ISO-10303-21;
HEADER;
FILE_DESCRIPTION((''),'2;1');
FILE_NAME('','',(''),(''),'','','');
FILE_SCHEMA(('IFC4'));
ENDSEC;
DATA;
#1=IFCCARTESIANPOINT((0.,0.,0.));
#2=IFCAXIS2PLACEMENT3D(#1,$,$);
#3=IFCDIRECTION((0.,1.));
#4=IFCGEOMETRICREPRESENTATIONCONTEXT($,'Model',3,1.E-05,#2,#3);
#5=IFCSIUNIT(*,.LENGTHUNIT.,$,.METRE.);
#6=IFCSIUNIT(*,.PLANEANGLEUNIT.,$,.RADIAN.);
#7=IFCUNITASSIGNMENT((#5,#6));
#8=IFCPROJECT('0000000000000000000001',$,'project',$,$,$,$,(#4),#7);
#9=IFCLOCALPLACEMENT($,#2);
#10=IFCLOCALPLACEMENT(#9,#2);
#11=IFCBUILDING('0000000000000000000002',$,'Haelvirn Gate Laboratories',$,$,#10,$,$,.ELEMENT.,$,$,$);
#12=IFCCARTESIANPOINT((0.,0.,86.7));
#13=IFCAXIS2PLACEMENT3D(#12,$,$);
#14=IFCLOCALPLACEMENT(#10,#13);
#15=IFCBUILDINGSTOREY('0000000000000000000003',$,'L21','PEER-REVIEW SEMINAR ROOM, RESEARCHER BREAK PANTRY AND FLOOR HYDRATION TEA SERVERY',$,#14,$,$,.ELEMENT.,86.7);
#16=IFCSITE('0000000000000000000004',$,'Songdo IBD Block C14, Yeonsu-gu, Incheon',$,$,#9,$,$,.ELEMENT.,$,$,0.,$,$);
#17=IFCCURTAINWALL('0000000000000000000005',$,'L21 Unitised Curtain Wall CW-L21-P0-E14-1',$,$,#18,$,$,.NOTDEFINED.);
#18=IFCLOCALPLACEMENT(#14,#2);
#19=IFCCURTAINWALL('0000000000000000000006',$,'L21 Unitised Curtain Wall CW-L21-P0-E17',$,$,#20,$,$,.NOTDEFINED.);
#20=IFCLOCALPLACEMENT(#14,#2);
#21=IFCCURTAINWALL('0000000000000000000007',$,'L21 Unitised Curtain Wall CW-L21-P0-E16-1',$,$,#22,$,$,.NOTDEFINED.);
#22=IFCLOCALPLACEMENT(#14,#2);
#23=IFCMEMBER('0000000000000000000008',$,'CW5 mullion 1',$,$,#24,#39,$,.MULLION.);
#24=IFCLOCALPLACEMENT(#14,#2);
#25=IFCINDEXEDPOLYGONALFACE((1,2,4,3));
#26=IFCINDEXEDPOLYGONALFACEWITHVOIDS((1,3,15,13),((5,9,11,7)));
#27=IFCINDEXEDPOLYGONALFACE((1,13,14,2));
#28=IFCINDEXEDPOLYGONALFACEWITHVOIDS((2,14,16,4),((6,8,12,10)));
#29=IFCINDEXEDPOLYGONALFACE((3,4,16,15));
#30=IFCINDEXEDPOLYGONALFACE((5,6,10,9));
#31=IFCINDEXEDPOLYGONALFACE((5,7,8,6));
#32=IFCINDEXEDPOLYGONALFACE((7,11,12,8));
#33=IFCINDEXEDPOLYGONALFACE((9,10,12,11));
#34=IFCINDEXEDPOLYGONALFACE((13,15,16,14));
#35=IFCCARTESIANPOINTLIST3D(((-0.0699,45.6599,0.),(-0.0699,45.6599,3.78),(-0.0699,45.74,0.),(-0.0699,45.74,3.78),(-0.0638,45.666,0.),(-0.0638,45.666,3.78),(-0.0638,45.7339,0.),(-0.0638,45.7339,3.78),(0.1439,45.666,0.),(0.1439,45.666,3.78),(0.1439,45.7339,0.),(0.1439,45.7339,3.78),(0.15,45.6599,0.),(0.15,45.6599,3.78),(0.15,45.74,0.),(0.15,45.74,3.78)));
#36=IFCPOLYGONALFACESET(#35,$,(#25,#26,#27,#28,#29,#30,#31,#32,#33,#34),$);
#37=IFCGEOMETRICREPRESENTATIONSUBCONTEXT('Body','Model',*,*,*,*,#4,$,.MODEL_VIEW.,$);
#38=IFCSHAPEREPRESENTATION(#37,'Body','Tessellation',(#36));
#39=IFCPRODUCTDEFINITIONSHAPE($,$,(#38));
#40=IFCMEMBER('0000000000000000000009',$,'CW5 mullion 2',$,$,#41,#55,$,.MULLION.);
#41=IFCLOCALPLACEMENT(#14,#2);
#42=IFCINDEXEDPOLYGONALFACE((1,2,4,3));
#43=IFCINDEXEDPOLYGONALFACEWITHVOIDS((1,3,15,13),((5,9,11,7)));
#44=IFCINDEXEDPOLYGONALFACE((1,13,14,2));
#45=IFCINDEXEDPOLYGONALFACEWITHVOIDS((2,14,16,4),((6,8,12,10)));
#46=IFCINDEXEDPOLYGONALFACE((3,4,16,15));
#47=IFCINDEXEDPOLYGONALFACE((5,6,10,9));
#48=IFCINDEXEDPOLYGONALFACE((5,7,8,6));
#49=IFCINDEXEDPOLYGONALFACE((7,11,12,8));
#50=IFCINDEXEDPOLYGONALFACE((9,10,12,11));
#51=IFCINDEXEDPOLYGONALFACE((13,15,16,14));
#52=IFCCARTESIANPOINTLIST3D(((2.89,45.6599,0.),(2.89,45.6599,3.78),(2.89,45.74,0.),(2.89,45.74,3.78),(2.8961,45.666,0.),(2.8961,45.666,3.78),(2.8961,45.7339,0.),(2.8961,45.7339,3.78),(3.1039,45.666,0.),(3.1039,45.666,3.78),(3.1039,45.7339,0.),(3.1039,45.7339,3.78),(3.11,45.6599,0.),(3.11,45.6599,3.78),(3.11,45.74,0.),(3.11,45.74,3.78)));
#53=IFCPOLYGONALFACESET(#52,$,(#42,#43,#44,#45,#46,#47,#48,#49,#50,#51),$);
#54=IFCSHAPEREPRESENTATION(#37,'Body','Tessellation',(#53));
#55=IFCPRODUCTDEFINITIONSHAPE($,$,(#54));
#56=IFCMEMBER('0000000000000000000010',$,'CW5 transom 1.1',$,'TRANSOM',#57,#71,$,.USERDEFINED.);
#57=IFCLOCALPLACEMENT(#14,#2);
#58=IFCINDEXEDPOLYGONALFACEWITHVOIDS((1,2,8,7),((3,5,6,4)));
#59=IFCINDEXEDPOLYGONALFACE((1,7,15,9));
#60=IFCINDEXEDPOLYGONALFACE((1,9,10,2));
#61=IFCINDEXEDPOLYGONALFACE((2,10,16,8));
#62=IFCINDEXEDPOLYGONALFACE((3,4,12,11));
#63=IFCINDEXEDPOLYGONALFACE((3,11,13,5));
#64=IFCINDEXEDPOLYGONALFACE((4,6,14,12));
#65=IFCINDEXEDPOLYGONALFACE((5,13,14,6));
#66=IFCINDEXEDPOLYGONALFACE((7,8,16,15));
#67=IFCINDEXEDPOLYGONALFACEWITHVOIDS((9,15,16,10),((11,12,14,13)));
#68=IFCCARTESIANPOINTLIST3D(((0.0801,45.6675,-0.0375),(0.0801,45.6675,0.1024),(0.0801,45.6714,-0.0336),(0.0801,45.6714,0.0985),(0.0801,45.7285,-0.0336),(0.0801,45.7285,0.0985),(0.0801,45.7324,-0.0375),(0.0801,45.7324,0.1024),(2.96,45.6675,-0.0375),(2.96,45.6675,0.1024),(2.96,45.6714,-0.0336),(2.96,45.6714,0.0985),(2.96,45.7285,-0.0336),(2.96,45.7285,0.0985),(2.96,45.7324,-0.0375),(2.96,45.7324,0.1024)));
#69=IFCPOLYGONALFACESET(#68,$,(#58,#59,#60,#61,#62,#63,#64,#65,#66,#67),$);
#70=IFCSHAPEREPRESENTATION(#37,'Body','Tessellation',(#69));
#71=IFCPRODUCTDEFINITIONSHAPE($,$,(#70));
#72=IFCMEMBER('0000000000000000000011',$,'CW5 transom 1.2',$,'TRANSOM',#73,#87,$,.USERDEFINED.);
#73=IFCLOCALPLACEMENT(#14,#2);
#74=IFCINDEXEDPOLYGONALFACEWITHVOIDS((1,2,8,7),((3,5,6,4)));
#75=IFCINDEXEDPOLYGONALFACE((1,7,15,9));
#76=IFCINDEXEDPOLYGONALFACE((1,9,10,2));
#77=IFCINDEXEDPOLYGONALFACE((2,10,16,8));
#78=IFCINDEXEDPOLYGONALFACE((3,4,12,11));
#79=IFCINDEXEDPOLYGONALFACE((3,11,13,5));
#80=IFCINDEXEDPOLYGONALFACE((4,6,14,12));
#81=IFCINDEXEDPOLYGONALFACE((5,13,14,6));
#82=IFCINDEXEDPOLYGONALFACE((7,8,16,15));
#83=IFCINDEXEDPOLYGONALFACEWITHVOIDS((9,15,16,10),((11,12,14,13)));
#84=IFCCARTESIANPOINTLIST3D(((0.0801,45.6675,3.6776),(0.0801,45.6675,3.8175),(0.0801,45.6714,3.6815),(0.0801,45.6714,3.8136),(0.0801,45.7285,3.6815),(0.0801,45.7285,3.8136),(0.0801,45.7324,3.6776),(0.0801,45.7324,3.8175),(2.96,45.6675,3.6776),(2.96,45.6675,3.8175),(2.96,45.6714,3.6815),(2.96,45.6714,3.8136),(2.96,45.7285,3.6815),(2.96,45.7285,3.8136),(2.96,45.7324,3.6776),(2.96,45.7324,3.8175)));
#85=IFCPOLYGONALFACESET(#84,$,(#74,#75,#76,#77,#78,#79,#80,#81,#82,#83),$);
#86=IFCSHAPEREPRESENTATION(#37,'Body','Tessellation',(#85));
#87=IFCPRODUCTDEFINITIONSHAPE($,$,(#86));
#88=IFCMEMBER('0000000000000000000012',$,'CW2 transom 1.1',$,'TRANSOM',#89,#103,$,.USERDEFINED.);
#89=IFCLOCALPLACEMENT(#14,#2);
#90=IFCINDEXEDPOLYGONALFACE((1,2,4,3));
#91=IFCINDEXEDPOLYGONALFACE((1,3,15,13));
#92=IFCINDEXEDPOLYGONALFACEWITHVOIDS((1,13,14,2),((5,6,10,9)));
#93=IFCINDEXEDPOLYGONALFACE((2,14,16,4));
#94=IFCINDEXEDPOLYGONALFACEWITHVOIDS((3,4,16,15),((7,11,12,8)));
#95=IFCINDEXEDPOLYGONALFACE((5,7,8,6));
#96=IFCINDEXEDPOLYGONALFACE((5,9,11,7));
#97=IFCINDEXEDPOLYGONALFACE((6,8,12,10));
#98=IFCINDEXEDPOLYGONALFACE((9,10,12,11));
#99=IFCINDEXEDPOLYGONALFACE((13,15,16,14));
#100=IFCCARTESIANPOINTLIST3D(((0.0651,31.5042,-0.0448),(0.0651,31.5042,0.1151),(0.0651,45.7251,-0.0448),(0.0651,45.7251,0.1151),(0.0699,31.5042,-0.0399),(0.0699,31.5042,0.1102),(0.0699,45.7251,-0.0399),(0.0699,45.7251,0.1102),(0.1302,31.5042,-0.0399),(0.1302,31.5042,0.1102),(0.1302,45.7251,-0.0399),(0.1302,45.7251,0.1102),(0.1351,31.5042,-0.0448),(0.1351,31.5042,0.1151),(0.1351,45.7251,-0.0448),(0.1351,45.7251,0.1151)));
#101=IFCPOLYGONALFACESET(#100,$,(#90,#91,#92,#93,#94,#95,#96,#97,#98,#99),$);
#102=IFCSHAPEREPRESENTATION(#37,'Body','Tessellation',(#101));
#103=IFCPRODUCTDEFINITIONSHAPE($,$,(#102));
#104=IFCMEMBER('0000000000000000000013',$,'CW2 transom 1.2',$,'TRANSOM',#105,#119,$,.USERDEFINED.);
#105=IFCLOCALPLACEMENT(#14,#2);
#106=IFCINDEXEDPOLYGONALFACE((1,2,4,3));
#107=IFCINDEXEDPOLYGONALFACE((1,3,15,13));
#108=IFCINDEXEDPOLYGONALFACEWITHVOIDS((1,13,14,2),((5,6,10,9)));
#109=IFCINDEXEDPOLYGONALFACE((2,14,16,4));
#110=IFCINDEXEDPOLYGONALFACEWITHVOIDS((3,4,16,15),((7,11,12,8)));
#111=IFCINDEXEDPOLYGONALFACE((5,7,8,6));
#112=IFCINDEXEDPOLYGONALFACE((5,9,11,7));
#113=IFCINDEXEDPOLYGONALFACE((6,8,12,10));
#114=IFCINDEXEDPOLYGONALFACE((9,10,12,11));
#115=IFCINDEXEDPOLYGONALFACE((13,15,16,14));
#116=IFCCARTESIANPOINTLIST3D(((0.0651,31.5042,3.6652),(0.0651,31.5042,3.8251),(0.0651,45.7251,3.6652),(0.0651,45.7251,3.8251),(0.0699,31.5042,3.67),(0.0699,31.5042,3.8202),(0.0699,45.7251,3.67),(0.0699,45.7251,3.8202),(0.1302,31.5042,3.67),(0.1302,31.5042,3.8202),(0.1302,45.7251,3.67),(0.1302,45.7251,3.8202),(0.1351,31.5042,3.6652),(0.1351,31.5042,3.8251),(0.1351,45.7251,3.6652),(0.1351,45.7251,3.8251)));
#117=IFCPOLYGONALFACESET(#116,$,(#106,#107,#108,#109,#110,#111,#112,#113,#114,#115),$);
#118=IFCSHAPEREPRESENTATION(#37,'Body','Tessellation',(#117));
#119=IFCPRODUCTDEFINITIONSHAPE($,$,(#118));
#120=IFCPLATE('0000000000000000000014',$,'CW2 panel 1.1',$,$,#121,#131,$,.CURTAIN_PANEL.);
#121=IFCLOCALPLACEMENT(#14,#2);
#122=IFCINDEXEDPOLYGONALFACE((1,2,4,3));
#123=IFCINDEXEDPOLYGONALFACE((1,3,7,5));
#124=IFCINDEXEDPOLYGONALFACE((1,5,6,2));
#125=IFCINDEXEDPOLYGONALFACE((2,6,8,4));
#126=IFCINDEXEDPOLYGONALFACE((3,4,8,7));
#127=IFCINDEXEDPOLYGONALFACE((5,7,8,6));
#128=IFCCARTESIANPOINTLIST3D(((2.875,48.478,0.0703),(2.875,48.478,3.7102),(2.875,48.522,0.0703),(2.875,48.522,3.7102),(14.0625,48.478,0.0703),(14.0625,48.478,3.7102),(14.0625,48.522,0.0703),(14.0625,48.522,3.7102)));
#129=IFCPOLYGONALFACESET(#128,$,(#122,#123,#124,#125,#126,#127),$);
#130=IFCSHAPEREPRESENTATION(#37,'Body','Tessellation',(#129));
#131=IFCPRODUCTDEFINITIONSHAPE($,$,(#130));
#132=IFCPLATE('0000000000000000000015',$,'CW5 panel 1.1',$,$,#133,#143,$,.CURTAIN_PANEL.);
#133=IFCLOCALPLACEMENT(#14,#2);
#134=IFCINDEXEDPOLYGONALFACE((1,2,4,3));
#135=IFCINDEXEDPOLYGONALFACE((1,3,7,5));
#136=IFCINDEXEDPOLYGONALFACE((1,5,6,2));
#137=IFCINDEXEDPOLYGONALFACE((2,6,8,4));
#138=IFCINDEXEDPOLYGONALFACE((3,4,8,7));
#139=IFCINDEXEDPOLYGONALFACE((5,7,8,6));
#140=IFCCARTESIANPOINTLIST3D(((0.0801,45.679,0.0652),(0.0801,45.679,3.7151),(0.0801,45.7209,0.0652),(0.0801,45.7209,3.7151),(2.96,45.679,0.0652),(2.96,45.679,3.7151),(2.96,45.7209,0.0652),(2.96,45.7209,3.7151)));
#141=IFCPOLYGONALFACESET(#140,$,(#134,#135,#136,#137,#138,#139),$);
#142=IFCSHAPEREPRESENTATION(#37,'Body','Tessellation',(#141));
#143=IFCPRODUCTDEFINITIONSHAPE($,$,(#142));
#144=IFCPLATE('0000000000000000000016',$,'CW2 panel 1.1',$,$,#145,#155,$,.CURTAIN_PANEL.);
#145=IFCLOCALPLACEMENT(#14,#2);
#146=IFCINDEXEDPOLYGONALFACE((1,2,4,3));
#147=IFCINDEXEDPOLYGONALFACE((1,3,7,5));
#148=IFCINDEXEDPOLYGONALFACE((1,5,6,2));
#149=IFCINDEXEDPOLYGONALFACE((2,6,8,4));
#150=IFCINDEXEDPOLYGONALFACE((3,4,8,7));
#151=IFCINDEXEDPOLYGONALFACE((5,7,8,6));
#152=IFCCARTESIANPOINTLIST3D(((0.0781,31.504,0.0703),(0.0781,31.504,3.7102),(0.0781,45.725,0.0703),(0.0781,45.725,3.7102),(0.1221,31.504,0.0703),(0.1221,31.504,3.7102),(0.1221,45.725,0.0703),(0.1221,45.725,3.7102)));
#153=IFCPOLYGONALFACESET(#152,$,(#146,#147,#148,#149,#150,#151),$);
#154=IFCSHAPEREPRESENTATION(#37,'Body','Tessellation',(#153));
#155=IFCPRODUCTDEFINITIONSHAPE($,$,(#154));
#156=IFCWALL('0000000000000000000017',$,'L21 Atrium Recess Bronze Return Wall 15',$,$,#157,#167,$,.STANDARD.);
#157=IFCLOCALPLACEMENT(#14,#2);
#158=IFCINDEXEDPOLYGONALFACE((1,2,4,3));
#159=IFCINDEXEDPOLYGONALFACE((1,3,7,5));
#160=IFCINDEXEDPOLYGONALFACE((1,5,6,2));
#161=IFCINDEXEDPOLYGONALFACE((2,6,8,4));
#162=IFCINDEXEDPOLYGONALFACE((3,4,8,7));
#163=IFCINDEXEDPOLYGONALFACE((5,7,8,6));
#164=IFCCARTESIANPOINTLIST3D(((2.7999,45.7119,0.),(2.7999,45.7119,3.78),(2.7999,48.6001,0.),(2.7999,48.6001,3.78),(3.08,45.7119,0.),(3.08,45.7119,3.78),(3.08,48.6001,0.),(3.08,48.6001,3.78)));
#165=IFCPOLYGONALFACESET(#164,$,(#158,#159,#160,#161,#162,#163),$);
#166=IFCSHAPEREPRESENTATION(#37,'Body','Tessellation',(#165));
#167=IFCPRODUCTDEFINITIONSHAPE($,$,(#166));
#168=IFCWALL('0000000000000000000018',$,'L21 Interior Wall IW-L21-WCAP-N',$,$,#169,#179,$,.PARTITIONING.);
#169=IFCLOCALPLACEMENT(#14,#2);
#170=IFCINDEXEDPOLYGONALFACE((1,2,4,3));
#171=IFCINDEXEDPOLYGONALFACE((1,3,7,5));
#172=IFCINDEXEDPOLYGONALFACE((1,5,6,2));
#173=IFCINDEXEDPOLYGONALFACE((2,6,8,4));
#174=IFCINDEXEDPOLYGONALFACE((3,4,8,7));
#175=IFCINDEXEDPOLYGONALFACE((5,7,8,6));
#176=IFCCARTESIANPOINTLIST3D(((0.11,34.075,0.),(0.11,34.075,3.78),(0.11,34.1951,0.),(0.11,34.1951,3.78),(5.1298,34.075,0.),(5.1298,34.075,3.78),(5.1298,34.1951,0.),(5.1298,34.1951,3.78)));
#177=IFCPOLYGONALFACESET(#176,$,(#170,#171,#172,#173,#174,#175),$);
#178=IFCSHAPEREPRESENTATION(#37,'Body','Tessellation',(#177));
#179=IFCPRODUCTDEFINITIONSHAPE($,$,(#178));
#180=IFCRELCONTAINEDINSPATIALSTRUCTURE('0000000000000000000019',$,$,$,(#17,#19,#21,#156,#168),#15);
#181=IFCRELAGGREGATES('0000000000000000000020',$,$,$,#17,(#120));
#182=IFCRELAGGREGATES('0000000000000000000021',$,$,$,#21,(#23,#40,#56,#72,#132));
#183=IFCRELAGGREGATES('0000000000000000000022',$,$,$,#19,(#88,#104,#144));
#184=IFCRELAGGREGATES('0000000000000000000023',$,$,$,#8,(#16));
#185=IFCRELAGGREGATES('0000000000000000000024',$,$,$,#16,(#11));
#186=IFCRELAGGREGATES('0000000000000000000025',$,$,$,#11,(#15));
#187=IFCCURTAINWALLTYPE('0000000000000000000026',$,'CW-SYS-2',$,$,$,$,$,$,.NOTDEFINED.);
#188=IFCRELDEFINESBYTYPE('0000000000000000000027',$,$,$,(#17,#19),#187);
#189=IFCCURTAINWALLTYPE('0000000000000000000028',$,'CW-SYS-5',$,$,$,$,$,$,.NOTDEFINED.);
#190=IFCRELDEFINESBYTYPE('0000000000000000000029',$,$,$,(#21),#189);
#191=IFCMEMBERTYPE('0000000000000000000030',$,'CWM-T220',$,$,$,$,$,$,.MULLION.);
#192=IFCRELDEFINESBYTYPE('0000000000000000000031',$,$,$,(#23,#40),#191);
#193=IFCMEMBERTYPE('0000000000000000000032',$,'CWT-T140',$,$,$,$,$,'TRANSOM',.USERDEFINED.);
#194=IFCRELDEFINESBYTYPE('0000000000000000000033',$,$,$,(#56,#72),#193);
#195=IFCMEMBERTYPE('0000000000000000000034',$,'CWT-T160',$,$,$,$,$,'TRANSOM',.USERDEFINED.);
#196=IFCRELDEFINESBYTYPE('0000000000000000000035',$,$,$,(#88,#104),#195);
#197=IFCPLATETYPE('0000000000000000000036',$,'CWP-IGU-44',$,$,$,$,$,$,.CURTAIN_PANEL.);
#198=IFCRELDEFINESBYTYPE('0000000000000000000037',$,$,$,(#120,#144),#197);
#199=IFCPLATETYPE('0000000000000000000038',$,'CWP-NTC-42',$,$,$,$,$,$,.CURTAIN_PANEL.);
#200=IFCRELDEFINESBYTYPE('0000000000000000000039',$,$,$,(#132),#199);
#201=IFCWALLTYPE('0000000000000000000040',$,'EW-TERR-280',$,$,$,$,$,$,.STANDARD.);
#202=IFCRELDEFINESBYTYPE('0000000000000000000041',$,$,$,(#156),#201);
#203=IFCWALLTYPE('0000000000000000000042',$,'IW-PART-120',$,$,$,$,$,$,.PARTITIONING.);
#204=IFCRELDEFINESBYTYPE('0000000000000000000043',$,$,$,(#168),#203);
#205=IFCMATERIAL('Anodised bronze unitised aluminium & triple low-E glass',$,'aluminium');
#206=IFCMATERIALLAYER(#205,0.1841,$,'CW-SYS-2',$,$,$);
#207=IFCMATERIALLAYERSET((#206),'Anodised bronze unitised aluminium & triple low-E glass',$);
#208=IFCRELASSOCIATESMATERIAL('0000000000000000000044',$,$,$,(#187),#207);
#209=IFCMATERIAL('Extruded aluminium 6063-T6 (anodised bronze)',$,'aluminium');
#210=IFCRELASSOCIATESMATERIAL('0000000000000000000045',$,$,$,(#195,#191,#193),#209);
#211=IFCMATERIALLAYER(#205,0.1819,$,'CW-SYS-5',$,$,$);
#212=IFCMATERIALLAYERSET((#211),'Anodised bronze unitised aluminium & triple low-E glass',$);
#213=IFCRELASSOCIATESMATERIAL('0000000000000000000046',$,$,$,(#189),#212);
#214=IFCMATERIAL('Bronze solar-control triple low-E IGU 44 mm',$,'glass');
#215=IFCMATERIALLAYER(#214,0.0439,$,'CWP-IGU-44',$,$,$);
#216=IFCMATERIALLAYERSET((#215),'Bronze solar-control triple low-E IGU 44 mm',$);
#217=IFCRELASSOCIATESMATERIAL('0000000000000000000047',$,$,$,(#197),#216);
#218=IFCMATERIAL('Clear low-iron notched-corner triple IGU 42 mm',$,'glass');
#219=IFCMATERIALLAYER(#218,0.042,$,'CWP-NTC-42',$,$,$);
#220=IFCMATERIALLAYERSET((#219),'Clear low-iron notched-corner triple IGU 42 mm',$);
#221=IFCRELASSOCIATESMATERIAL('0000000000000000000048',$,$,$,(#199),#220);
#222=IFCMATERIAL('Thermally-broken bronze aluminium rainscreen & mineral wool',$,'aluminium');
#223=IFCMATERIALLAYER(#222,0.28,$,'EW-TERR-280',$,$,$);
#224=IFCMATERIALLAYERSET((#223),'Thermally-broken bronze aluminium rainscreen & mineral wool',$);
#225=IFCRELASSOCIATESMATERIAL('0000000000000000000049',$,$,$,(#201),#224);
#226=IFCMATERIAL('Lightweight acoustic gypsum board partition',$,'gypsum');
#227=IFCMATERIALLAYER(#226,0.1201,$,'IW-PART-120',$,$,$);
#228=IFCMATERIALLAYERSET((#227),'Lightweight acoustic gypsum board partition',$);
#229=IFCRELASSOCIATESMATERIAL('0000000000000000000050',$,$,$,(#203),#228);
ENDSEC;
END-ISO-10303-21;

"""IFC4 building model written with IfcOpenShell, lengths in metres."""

from ifc_helpers import new_model, si_unit, direction, frame, frame_2d, origin, origin_2d, place, context, subcontext, project, spatial, rectangle, hollow_rectangle, extrude, source, transform, mapped, material, layer, layer_set, material_profile, profile_set, type_object, type_shapes, element, aggregate, save


model = new_model("IFC4")

# Units and contexts
model_context = context("Model", 3, precision=1e-05, world=origin(), true_north=direction((0.0, 1.0)))
body_context = subcontext(model_context, "Body", "Model", "MODEL_VIEW")
ifc_project = project(units=[si_unit("LENGTHUNIT", "METRE"), si_unit("PLANEANGLEUNIT", "RADIAN")], contexts=[model_context])

# Site, building, storey
site_placement = place(None, origin())
site = spatial("IfcSite", under=ifc_project, at=site_placement, Name="Songdo IBD Block C14, Yeonsu-gu, Incheon", CompositionType="ELEMENT", RefElevation=0.0)
building_placement = place(site_placement, origin())
building = spatial("IfcBuilding", under=site, at=building_placement, Name="Haelvirn Gate Laboratories", CompositionType="ELEMENT")
storey_placement = place(building_placement, frame((0.0, 0.0, 86.7)))
storey = spatial("IfcBuildingStorey", under=building, at=storey_placement, Name="L21", Description="PEER-REVIEW SEMINAR ROOM, RESEARCHER BREAK PANTRY AND FLOOR HYDRATION TEA SERVERY", CompositionType="ELEMENT", Elevation=86.7)

# Curtain walls
ifc_material_1 = material(Name="Anodised bronze unitised aluminium & triple low-E glass", Category="aluminium")
ifc_layer_1 = layer(ifc_material_1, 0.1841, Name="CW-SYS-2")
ifc_layer_set_1 = layer_set([ifc_layer_1], Name="Anodised bronze unitised aluminium & triple low-E glass")
curtain_wall_type_1 = type_object("IfcCurtainWallType", Name="CW-SYS-2", PredefinedType="NOTDEFINED", material=ifc_layer_set_1)
curtain_wall_1_placement = place(storey_placement, origin())
curtain_wall_1 = element("IfcCurtainWall", 1, at=curtain_wall_1_placement, inside=storey, type_object=curtain_wall_type_1, Name="L21 Unitised Curtain Wall CW-L21-P0-E14-1", PredefinedType="NOTDEFINED")
ifc_material_2 = material(Name="Extruded aluminium 6063-T6 (anodised bronze)", Category="aluminium")
curtain_wall_2_placement = place(storey_placement, origin())
curtain_wall_2 = element("IfcCurtainWall", 2, at=curtain_wall_2_placement, inside=storey, type_object=curtain_wall_type_1, Name="L21 Unitised Curtain Wall CW-L21-P0-E17", PredefinedType="NOTDEFINED")

# Shared definitions
ifc_material_profile_1 = material_profile(ifc_material_2, hollow_rectangle(XDim=0.0701, YDim=0.1599, WallThickness=0.0049, at=origin_2d()), Name="CWT-160x70x5")
ifc_profile_set_1 = profile_set([ifc_material_profile_1], Name="Extruded aluminium 6063-T6 (anodised bronze)")
member_type_1 = type_object("IfcMemberType", Name="CWT-T160", ElementType="TRANSOM", PredefinedType="USERDEFINED", material=ifc_profile_set_1)

# Curtain wall, members
ifc_layer_2 = layer(ifc_material_1, 0.1819, Name="CW-SYS-5")
ifc_layer_set_2 = layer_set([ifc_layer_2], Name="Anodised bronze unitised aluminium & triple low-E glass")
curtain_wall_type_2 = type_object("IfcCurtainWallType", Name="CW-SYS-5", PredefinedType="NOTDEFINED", material=ifc_layer_set_2)
curtain_wall_3_placement = place(storey_placement, origin())
curtain_wall_3 = element("IfcCurtainWall", 3, at=curtain_wall_3_placement, inside=storey, type_object=curtain_wall_type_2, Name="L21 Unitised Curtain Wall CW-L21-P0-E16-1", PredefinedType="NOTDEFINED")
ifc_material_profile_2 = material_profile(ifc_material_2, hollow_rectangle(XDim=0.0801, YDim=0.22, WallThickness=0.0061, at=origin_2d()), Name="CWM-220x80x6")
ifc_profile_set_2 = profile_set([ifc_material_profile_2], Name="Extruded aluminium 6063-T6 (anodised bronze)")
member_type_2 = type_object("IfcMemberType", Name="CWM-T220", PredefinedType="MULLION", material=ifc_profile_set_2)
shared_shape_1 = source(origin(), body_context, "Body", "SweptSolid", [
    extrude(hollow_rectangle(XDim=0.0801, YDim=0.22, WallThickness=0.0061, at=origin_2d()), origin(), (0.0, 0.0, 1.0), 3.78),
])
type_shapes(member_type_2, [shared_shape_1])
member_1_placement = place(storey_placement, frame((0.04, 45.7, 0.0), z_axis=(0.0, 0.0, 1.0), x_axis=(0.0, 1.0, 0.0)))
member_1 = element("IfcMember", 4, at=member_1_placement, type_object=member_type_2, Name="CW5 mullion 1", PredefinedType="MULLION", context=body_context, shape_type="MappedRepresentation", body=[
    mapped(shared_shape_1, transform((0.0, 0.0, 0.0), scale=1.0)),
])
member_2_placement = place(storey_placement, frame((3.0, 45.7, 0.0), z_axis=(0.0, 0.0, 1.0), x_axis=(0.0, 1.0, 0.0)))
member_2 = element("IfcMember", 5, at=member_2_placement, type_object=member_type_2, Name="CW5 mullion 2", PredefinedType="MULLION", context=body_context, shape_type="MappedRepresentation", body=[
    mapped(shared_shape_1, transform((0.0, 0.0, 0.0), scale=1.0)),
])
ifc_material_profile_3 = material_profile(ifc_material_2, hollow_rectangle(XDim=0.0649, YDim=0.1399, WallThickness=0.0039, at=origin_2d()), Name="CWT-140x65x4")
ifc_profile_set_3 = profile_set([ifc_material_profile_3], Name="Extruded aluminium 6063-T6 (anodised bronze)")
member_type_3 = type_object("IfcMemberType", Name="CWT-T140", ElementType="TRANSOM", PredefinedType="USERDEFINED", material=ifc_profile_set_3)
shared_shape_2 = source(origin(), body_context, "Body", "SweptSolid", [
    extrude(hollow_rectangle(XDim=0.0649, YDim=0.1399, WallThickness=0.0039, at=origin_2d()), origin(), (0.0, 0.0, 1.0), 2.8799),
])
type_shapes(member_type_3, [shared_shape_2])
member_3_placement = place(storey_placement, frame((0.0801, 45.7, 0.0325), z_axis=(1.0, 0.0, 0.0), x_axis=(0.0, 1.0, 0.0)))
member_3 = element("IfcMember", 6, at=member_3_placement, type_object=member_type_3, Name="CW5 transom 1.1", ObjectType="TRANSOM", PredefinedType="USERDEFINED", context=body_context, shape_type="MappedRepresentation", body=[
    mapped(shared_shape_2, transform((0.0, 0.0, 0.0), scale=1.0)),
])
member_4_placement = place(storey_placement, frame((0.0801, 45.7, 3.7476), z_axis=(1.0, 0.0, 0.0), x_axis=(0.0, 1.0, 0.0)))
member_4 = element("IfcMember", 7, at=member_4_placement, type_object=member_type_3, Name="CW5 transom 1.2", ObjectType="TRANSOM", PredefinedType="USERDEFINED", context=body_context, shape_type="MappedRepresentation", body=[
    mapped(shared_shape_2, transform((0.0, 0.0, 0.0), scale=1.0)),
])

# Members
shared_shape_3 = source(origin(), body_context, "Body", "SweptSolid", [
    extrude(hollow_rectangle(XDim=0.0701, YDim=0.1599, WallThickness=0.0049, at=origin_2d()), origin(), (0.0, 0.0, 1.0), 14.2209),
])
member_5_placement = place(storey_placement, frame((0.1001, 45.7251, 0.0352), z_axis=(0.0, -1.0, 0.0), x_axis=(1.0, 0.0, 0.0)))
member_5 = element("IfcMember", 8, at=member_5_placement, type_object=member_type_1, Name="CW2 transom 1.1", ObjectType="TRANSOM", PredefinedType="USERDEFINED", context=body_context, shape_type="MappedRepresentation", body=[
    mapped(shared_shape_3, transform((0.0, 0.0, 0.0), scale=1.0)),
])
member_6_placement = place(storey_placement, frame((0.1001, 45.7251, 3.7451), z_axis=(0.0, -1.0, 0.0), x_axis=(1.0, 0.0, 0.0)))
member_6 = element("IfcMember", 9, at=member_6_placement, type_object=member_type_1, Name="CW2 transom 1.2", ObjectType="TRANSOM", PredefinedType="USERDEFINED", context=body_context, shape_type="MappedRepresentation", body=[
    mapped(shared_shape_3, transform((0.0, 0.0, 0.0), scale=1.0)),
])

# Plates
ifc_material_3 = material(Name="Bronze solar-control triple low-E IGU 44 mm", Category="glass")
ifc_layer_3 = layer(ifc_material_3, 0.0439, Name="CWP-IGU-44")
ifc_layer_set_3 = layer_set([ifc_layer_3], Name="Bronze solar-control triple low-E IGU 44 mm")
plate_type_1 = type_object("IfcPlateType", Name="CWP-IGU-44", PredefinedType="CURTAIN_PANEL", material=ifc_layer_set_3)
shared_shape_4 = source(origin(), body_context, "Body", "SweptSolid", [
    extrude(rectangle(XDim=11.1875, YDim=0.0439, at=origin_2d()), origin(), (0.0, 0.0, 1.0), 3.6399),
])
plate_1_placement = place(storey_placement, frame((8.4688, 48.5, 0.0703), z_axis=(0.0, 0.0, 1.0), x_axis=(1.0, 0.0, 0.0)))
plate_1 = element("IfcPlate", 10, at=plate_1_placement, type_object=plate_type_1, Name="CW2 panel 1.1", PredefinedType="CURTAIN_PANEL", context=body_context, shape_type="MappedRepresentation", body=[
    mapped(shared_shape_4, transform((0.0, 0.0, 0.0), scale=1.0)),
])
aggregate(curtain_wall_1, [plate_1])
ifc_material_4 = material(Name="Clear low-iron notched-corner triple IGU 42 mm", Category="glass")
ifc_layer_4 = layer(ifc_material_4, 0.042, Name="CWP-NTC-42")
ifc_layer_set_4 = layer_set([ifc_layer_4], Name="Clear low-iron notched-corner triple IGU 42 mm")
plate_type_2 = type_object("IfcPlateType", Name="CWP-NTC-42", PredefinedType="CURTAIN_PANEL", material=ifc_layer_set_4)
shared_shape_5 = source(origin(), body_context, "Body", "SweptSolid", [
    extrude(rectangle(XDim=2.8799, YDim=0.042, at=origin_2d()), origin(), (0.0, 0.0, 1.0), 3.6499),
])
type_shapes(plate_type_2, [shared_shape_5])
plate_2_placement = place(storey_placement, frame((1.52, 45.7, 0.0652), z_axis=(0.0, 0.0, 1.0), x_axis=(1.0, 0.0, 0.0)))
plate_2 = element("IfcPlate", 11, at=plate_2_placement, type_object=plate_type_2, Name="CW5 panel 1.1", PredefinedType="CURTAIN_PANEL", context=body_context, shape_type="MappedRepresentation", body=[
    mapped(shared_shape_5, transform((0.0, 0.0, 0.0), scale=1.0)),
])
aggregate(curtain_wall_3, [member_1, member_2, member_3, member_4, plate_2])
shared_shape_6 = source(origin(), body_context, "Body", "SweptSolid", [
    extrude(rectangle(XDim=14.2209, YDim=0.0439, at=origin_2d()), origin(), (0.0, 0.0, 1.0), 3.6399),
])
type_shapes(plate_type_1, [shared_shape_4, shared_shape_6])
plate_3_placement = place(storey_placement, frame((0.1001, 38.6145, 0.0703), z_axis=(0.0, 0.0, 1.0), x_axis=(0.0, -1.0, 0.0)))
plate_3 = element("IfcPlate", 12, at=plate_3_placement, type_object=plate_type_1, Name="CW2 panel 1.1", PredefinedType="CURTAIN_PANEL", context=body_context, shape_type="MappedRepresentation", body=[
    mapped(shared_shape_6, transform((0.0, 0.0, 0.0), scale=1.0)),
])
aggregate(curtain_wall_2, [member_5, member_6, plate_3])

# Walls
ifc_material_5 = material(Name="Thermally-broken bronze aluminium rainscreen & mineral wool", Category="aluminium")
ifc_layer_5 = layer(ifc_material_5, 0.28, Name="EW-TERR-280")
ifc_layer_set_5 = layer_set([ifc_layer_5], Name="Thermally-broken bronze aluminium rainscreen & mineral wool")
wall_type_1 = type_object("IfcWallType", Name="EW-TERR-280", PredefinedType="STANDARD", material=ifc_layer_set_5)
wall_1_placement = place(storey_placement, frame((2.9399, 48.6001, 0.0), z_axis=(0.0, 0.0, 1.0), x_axis=(0.0, -1.0, 0.0)))
element("IfcWall", 13, at=wall_1_placement, inside=storey, type_object=wall_type_1, Name="L21 Atrium Recess Bronze Return Wall 15", PredefinedType="STANDARD", context=body_context, shape_type="SweptSolid", body=[
    extrude(rectangle(XDim=2.8882, YDim=0.28, at=frame_2d((1.4441, 0.0))), origin(), (0.0, 0.0, 1.0), 3.78),
])
ifc_material_6 = material(Name="Lightweight acoustic gypsum board partition", Category="gypsum")
ifc_layer_6 = layer(ifc_material_6, 0.1201, Name="IW-PART-120")
ifc_layer_set_6 = layer_set([ifc_layer_6], Name="Lightweight acoustic gypsum board partition")
wall_type_2 = type_object("IfcWallType", Name="IW-PART-120", PredefinedType="PARTITIONING", material=ifc_layer_set_6)
wall_2_placement = place(storey_placement, frame((0.1101, 34.135, 0.0), z_axis=(0.0, 0.0, 1.0), x_axis=(1.0, 0.0, 0.0)))
element("IfcWall", 14, at=wall_2_placement, inside=storey, type_object=wall_type_2, Name="L21 Interior Wall IW-L21-WCAP-N", PredefinedType="PARTITIONING", context=body_context, shape_type="SweptSolid", body=[
    extrude(rectangle(XDim=5.0198, YDim=0.1201, at=frame_2d((2.5098, 0.0))), origin(), (0.0, 0.0, 1.0), 3.78),
])

save(model, "model.ifc")
